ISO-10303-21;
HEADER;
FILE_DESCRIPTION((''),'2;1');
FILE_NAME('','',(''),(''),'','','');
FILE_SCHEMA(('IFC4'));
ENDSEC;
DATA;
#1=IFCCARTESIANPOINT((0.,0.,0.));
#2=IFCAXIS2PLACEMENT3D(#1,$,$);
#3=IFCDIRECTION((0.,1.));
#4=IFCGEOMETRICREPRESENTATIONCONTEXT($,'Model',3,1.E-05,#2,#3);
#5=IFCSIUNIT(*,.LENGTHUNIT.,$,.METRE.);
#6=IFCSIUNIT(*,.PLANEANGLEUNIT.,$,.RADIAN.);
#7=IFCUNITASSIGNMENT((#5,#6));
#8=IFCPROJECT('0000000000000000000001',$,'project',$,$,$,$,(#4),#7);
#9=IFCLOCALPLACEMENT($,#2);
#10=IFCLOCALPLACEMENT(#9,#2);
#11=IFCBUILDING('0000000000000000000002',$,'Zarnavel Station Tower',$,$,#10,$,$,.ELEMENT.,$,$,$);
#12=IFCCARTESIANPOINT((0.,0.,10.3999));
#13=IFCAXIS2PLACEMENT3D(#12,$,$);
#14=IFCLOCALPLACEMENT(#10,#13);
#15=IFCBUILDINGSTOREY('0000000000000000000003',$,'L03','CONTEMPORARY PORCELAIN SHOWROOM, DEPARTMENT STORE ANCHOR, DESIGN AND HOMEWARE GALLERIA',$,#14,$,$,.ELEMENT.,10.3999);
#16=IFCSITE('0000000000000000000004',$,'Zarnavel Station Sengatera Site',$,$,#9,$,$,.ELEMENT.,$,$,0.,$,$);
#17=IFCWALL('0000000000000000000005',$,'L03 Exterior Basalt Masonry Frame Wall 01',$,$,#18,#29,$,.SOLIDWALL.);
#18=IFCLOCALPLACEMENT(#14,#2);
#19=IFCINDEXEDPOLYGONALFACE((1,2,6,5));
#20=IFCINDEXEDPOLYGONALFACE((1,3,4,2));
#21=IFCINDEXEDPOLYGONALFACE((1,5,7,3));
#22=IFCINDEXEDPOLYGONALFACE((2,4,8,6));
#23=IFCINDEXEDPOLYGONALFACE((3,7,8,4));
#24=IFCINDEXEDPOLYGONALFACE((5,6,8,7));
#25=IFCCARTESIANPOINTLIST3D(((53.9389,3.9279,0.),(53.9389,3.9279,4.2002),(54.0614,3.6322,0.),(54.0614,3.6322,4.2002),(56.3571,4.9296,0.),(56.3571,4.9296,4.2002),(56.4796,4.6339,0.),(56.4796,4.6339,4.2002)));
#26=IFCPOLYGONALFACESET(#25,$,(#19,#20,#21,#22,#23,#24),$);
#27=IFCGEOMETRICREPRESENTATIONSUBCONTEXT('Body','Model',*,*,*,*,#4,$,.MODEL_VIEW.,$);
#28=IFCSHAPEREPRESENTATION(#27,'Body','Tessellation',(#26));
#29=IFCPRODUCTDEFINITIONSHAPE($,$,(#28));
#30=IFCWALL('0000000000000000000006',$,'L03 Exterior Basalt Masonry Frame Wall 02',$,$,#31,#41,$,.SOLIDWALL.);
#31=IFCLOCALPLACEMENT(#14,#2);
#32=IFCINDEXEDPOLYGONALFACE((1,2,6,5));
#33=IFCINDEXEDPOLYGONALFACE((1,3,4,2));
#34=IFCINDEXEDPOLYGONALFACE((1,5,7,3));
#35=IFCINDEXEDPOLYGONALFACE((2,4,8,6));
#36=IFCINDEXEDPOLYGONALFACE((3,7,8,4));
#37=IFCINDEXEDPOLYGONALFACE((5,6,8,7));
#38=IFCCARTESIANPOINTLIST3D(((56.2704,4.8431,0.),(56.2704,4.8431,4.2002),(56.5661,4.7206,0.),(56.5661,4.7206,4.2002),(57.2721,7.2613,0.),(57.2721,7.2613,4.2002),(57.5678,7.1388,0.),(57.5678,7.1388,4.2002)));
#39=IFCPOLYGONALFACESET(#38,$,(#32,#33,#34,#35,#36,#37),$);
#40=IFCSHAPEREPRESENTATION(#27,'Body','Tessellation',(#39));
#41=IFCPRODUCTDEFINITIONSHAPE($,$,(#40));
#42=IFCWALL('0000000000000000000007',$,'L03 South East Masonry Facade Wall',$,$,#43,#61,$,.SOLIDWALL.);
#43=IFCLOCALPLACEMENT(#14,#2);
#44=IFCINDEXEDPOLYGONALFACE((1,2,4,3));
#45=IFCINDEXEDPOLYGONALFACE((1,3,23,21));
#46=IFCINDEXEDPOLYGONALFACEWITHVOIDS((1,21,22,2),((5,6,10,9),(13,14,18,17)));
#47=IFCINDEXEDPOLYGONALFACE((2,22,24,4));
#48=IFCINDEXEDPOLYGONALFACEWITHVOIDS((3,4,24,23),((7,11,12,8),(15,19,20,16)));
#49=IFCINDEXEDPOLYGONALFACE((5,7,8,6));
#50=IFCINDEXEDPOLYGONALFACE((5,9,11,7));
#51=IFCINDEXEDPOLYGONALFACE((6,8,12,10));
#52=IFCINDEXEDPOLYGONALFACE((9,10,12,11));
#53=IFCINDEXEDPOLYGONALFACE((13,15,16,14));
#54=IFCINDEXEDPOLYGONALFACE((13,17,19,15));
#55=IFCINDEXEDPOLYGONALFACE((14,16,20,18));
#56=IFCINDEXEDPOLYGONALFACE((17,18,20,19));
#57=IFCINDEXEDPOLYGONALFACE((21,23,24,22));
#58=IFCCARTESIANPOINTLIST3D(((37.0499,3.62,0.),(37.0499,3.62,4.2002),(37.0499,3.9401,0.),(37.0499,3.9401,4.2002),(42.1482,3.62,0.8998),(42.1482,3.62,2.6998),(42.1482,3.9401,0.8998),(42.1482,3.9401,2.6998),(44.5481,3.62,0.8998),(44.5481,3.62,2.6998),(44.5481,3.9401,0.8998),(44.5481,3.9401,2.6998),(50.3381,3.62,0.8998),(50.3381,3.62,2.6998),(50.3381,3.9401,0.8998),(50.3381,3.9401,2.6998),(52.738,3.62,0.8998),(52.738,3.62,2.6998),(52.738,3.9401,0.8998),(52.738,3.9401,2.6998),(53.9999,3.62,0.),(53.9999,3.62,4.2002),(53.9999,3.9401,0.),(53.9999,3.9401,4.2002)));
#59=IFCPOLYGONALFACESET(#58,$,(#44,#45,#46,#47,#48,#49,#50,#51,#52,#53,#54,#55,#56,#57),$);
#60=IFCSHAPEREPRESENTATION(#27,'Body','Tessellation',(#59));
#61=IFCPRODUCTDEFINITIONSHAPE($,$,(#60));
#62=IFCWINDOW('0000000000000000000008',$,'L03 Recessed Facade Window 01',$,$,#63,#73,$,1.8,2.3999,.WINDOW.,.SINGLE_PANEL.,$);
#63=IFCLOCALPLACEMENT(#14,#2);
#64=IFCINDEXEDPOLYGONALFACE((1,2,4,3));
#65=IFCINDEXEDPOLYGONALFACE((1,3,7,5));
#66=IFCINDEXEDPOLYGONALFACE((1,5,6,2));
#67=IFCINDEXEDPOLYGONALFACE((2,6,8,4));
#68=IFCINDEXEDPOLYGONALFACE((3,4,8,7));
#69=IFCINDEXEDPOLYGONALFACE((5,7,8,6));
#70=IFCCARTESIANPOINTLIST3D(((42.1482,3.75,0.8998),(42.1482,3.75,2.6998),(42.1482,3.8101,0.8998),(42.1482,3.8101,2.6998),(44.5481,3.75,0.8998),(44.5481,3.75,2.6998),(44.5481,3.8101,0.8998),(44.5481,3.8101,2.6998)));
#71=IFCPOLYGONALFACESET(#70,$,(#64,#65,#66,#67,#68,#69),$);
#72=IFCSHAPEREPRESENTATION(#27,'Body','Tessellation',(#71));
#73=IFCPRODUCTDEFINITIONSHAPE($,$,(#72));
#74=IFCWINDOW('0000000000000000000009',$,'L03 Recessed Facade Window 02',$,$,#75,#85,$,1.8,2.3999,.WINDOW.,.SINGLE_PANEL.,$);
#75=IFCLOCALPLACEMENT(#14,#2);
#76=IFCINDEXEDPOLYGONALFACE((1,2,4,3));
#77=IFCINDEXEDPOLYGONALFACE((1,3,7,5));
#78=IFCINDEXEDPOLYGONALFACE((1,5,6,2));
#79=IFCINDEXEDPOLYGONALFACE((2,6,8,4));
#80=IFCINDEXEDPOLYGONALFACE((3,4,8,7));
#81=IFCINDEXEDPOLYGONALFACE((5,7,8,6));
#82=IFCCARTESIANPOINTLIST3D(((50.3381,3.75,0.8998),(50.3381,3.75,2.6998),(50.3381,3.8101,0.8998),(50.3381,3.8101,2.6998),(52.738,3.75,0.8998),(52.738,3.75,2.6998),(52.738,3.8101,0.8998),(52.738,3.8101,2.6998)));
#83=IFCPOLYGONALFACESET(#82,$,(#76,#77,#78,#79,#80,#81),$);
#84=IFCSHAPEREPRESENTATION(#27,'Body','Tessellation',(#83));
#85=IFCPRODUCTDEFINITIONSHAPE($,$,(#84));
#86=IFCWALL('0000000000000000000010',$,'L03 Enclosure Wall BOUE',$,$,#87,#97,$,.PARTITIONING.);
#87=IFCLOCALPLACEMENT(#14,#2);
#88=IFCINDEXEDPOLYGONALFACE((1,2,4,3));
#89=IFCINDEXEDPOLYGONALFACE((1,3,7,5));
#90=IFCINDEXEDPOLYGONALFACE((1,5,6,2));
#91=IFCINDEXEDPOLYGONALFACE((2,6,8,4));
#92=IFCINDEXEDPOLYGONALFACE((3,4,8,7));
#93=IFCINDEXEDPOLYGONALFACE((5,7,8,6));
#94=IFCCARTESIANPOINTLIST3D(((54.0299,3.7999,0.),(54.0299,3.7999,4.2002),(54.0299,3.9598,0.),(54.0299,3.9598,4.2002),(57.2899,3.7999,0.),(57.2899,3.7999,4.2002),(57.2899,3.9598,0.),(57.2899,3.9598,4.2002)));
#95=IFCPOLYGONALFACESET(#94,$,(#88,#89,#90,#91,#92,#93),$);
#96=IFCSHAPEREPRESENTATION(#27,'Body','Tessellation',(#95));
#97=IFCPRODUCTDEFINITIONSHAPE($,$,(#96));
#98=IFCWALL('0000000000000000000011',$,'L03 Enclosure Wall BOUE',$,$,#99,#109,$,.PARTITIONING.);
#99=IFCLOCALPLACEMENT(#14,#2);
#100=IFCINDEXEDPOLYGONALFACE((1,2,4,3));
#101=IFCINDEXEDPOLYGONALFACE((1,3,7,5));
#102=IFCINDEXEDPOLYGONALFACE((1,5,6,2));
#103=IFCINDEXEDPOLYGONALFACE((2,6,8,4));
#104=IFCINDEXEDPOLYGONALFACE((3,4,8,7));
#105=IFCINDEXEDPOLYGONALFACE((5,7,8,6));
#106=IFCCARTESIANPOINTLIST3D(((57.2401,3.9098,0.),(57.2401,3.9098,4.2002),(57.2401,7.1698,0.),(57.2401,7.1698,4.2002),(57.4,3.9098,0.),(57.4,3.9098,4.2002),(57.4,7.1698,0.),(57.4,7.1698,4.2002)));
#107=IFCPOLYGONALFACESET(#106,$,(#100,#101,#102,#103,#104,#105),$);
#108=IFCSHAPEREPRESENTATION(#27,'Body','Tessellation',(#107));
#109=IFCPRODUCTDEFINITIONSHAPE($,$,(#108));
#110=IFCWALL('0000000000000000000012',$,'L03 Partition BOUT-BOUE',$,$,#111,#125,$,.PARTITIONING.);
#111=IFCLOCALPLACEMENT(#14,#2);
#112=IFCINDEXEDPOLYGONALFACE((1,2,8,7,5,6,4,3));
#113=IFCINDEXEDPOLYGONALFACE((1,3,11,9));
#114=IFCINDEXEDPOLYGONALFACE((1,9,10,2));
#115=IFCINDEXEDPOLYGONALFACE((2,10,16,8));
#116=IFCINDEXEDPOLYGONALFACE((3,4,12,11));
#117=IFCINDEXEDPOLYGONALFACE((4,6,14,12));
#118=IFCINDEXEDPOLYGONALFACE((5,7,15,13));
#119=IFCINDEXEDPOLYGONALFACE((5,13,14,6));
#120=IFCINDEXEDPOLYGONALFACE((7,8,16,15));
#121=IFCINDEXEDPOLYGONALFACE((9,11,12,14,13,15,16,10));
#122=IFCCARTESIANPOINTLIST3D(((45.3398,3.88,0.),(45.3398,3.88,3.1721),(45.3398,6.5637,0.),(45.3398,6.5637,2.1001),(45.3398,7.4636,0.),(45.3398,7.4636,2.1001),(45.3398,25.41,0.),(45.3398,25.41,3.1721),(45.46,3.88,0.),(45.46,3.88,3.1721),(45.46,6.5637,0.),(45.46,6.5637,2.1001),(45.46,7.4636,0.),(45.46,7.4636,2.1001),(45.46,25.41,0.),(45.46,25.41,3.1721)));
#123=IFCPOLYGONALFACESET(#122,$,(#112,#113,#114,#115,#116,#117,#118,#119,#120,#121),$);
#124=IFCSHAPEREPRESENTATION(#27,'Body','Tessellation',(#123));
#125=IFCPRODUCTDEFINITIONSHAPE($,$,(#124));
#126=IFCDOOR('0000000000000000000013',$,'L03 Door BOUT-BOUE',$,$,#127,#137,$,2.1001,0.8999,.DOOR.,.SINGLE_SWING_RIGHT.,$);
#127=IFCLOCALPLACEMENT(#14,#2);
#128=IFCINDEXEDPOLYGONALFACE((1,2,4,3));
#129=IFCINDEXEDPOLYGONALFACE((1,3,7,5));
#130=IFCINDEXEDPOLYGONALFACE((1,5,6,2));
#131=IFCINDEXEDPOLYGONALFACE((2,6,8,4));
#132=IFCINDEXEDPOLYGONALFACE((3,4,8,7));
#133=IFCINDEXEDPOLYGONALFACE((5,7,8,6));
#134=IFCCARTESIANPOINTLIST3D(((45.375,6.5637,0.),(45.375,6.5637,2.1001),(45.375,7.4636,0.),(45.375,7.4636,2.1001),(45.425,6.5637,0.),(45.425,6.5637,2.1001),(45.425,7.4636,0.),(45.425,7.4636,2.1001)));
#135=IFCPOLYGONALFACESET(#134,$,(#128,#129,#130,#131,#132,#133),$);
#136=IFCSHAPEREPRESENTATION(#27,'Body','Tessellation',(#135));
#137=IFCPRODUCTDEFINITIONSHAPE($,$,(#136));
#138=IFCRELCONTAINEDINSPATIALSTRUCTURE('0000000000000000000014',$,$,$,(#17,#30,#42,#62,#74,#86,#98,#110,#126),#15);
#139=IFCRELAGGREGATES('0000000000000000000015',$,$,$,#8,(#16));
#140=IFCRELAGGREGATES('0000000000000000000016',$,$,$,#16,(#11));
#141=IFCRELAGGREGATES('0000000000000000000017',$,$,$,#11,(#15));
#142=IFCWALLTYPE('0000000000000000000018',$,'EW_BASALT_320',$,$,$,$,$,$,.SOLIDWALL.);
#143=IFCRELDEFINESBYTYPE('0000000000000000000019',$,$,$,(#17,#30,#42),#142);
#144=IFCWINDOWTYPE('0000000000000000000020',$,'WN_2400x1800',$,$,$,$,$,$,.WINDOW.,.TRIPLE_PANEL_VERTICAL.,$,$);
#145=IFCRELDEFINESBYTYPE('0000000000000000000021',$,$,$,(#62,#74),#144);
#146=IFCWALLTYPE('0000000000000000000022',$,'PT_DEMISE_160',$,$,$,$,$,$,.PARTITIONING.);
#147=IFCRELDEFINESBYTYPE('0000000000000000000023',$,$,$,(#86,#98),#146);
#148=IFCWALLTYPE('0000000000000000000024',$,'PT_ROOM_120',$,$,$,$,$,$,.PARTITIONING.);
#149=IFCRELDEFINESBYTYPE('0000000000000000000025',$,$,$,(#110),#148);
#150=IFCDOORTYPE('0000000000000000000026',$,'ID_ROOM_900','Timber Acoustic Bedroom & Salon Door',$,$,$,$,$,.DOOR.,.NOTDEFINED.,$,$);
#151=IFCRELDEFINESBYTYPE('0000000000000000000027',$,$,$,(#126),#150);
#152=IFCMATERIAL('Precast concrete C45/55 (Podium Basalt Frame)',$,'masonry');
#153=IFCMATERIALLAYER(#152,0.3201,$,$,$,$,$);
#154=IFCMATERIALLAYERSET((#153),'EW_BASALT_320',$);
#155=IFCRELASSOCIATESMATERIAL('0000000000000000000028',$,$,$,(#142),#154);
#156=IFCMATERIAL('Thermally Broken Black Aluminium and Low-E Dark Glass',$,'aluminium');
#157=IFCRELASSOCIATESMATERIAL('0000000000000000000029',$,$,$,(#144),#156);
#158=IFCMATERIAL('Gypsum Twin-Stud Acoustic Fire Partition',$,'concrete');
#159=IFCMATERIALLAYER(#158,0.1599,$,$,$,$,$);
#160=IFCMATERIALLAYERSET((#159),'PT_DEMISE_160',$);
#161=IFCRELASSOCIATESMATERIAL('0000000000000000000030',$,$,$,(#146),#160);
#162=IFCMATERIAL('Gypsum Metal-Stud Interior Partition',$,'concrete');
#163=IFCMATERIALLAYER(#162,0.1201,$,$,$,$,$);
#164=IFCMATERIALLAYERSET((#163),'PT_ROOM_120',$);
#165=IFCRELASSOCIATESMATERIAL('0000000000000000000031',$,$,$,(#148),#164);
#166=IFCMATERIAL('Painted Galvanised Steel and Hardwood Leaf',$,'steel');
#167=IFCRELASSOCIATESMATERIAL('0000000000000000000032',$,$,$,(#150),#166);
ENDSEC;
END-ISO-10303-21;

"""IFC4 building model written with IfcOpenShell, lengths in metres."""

from ifc_helpers import new_model, si_unit, direction, frame, frame_2d, origin, place, context, subcontext, project, spatial, rectangle, extrude, material, layer, layer_set, type_object, element, fill, save


model = new_model("IFC4")

# Units and contexts
model_context = context("Model", 3, precision=1e-05, world=origin(), true_north=direction((0.0, 1.0)))
body_context = subcontext(model_context, "Body", "Model", "MODEL_VIEW")
ifc_project = project(units=[si_unit("LENGTHUNIT", "METRE"), si_unit("PLANEANGLEUNIT", "RADIAN")], contexts=[model_context])

# Site, building, storey
site_placement = place(None, origin())
site = spatial("IfcSite", under=ifc_project, at=site_placement, Name="Zarnavel Station Sengatera Site", CompositionType="ELEMENT", RefElevation=0.0)
building_placement = place(site_placement, origin())
building = spatial("IfcBuilding", under=site, at=building_placement, Name="Zarnavel Station Tower", CompositionType="ELEMENT")
storey_placement = place(building_placement, frame((0.0, 0.0, 10.3999)))
storey = spatial("IfcBuildingStorey", under=building, at=storey_placement, Name="L03", Description="CONTEMPORARY PORCELAIN SHOWROOM, DEPARTMENT STORE ANCHOR, DESIGN AND HOMEWARE GALLERIA", CompositionType="ELEMENT", Elevation=10.3999)

# Walls
ifc_material_1 = material(Name="Precast concrete C45/55 (Podium Basalt Frame)", Category="masonry")
ifc_layer_1 = layer(ifc_material_1, 0.3201)
ifc_layer_set_1 = layer_set([ifc_layer_1], Name="EW_BASALT_320")
wall_type_1 = type_object("IfcWallType", Name="EW_BASALT_320", PredefinedType="SOLIDWALL", material=ifc_layer_set_1)
for number, where, z_axis, x_axis, name in (
    (1, (56.4182, 4.7817, 0.0), (0.0, 0.0, 1.0), (-0.923872, -0.382701, 0.0), "L03 Exterior Basalt Masonry Frame Wall 01"),
    (2, (57.4199, 7.2, 0.0), (0.0, 0.0, 1.0), (-0.382701, -0.923872, 0.0), "L03 Exterior Basalt Masonry Frame Wall 02"),
):
    element("IfcWall", number, at=place(storey_placement, frame(where, z_axis=z_axis, x_axis=x_axis)), inside=storey, type_object=wall_type_1, Name=name, PredefinedType="SOLIDWALL", context=body_context, shape_type="SweptSolid", body=[
        extrude(rectangle(XDim=2.6174, YDim=0.3201, at=frame_2d((1.3086, 0.0))), origin(), (0.0, 0.0, 1.0), 4.2002),
    ])

# Wall, openings, windows
wall_1_placement = place(storey_placement, frame((54.0, 3.78, 0.0), z_axis=(0.0, 0.0, 1.0), x_axis=(-1.0, 0.0, 0.0)))
wall_1 = element("IfcWall", 3, at=wall_1_placement, inside=storey, type_object=wall_type_1, Name="L03 South East Masonry Facade Wall", PredefinedType="SOLIDWALL", context=body_context, shape_type="SweptSolid", body=[
    extrude(rectangle(XDim=16.95, YDim=0.3201, at=frame_2d((8.4751, 0.0))), origin(), (0.0, 0.0, 1.0), 4.2002),
])
opening_1_placement = place(wall_1_placement, frame((9.4519, 0.0, 0.8999)))
opening_1 = element("IfcOpeningElement", 4, at=opening_1_placement, cuts=wall_1, PredefinedType="OPENING", context=body_context, shape_type="SweptSolid", body=[
    extrude(rectangle(XDim=2.3999, YDim=1.8, at=frame_2d((1.2, 0.8999))), frame((0.0, 0.1699, 0.0), z_axis=(0.0, -1.0, 0.0), x_axis=(1.0, 0.0, 0.0)), (0.0, 0.0, 1.0), 0.3401),
])
opening_2_placement = place(wall_1_placement, frame((1.262, 0.0, 0.8999)))
opening_2 = element("IfcOpeningElement", 5, at=opening_2_placement, cuts=wall_1, PredefinedType="OPENING", context=body_context, shape_type="SweptSolid", body=[
    extrude(rectangle(XDim=2.3999, YDim=1.8, at=frame_2d((1.2, 0.8999))), frame((0.0, 0.1699, 0.0), z_axis=(0.0, -1.0, 0.0), x_axis=(1.0, 0.0, 0.0)), (0.0, 0.0, 1.0), 0.3401),
])
ifc_material_2 = material(Name="Thermally Broken Black Aluminium and Low-E Dark Glass", Category="aluminium")
window_type = type_object("IfcWindowType", Name="WN_2400x1800", PartitioningType="TRIPLE_PANEL_VERTICAL", PredefinedType="WINDOW", material=ifc_material_2)
window_1_placement = place(opening_1_placement, origin())
window_1 = element("IfcWindow", 6, at=window_1_placement, inside=storey, type_object=window_type, Name="L03 Recessed Facade Window 01", OverallHeight=1.8, OverallWidth=2.3999, PartitioningType="SINGLE_PANEL", PredefinedType="WINDOW", context=body_context, shape_type="SweptSolid", body=[
    extrude(rectangle(XDim=2.3999, YDim=1.8, at=frame_2d((1.2, 0.8999))), frame((0.0, 0.03, 0.0), z_axis=(0.0, -1.0, 0.0), x_axis=(1.0, 0.0, 0.0)), (0.0, 0.0, 1.0), 0.0601),
])
fill(opening_1, window_1)
window_2_placement = place(opening_2_placement, origin())
window_2 = element("IfcWindow", 7, at=window_2_placement, inside=storey, type_object=window_type, Name="L03 Recessed Facade Window 02", OverallHeight=1.8, OverallWidth=2.3999, PartitioningType="SINGLE_PANEL", PredefinedType="WINDOW", context=body_context, shape_type="SweptSolid", body=[
    extrude(rectangle(XDim=2.3999, YDim=1.8, at=frame_2d((1.2, 0.8999))), frame((0.0, 0.03, 0.0), z_axis=(0.0, -1.0, 0.0), x_axis=(1.0, 0.0, 0.0)), (0.0, 0.0, 1.0), 0.0601),
])
fill(opening_2, window_2)

# Walls
ifc_material_3 = material(Name="Gypsum Twin-Stud Acoustic Fire Partition", Category="concrete")
ifc_layer_2 = layer(ifc_material_3, 0.1599)
ifc_layer_set_2 = layer_set([ifc_layer_2], Name="PT_DEMISE_160")
wall_type_2 = type_object("IfcWallType", Name="PT_DEMISE_160", PredefinedType="PARTITIONING", material=ifc_layer_set_2)
for number, where, z_axis, x_axis, name in (
    (8, (54.03, 3.8799, 0.0), (0.0, 0.0, 1.0), (1.0, 0.0, 0.0), "L03 Enclosure Wall BOUE"),
    (9, (57.3201, 3.9099, 0.0), (0.0, 0.0, 1.0), (0.0, 1.0, 0.0), "L03 Enclosure Wall BOUE"),
):
    element("IfcWall", number, at=place(storey_placement, frame(where, z_axis=z_axis, x_axis=x_axis)), inside=storey, type_object=wall_type_2, Name=name, PredefinedType="PARTITIONING", context=body_context, shape_type="SweptSolid", body=[
        extrude(rectangle(XDim=3.26, YDim=0.1599, at=frame_2d((1.6299, 0.0))), origin(), (0.0, 0.0, 1.0), 4.2002),
    ])

# Wall, opening, door
ifc_material_4 = material(Name="Gypsum Metal-Stud Interior Partition", Category="concrete")
ifc_layer_3 = layer(ifc_material_4, 0.1201)
ifc_layer_set_3 = layer_set([ifc_layer_3], Name="PT_ROOM_120")
wall_type_3 = type_object("IfcWallType", Name="PT_ROOM_120", PredefinedType="PARTITIONING", material=ifc_layer_set_3)
wall_2_placement = place(storey_placement, frame((45.3999, 3.8799, 0.0), z_axis=(0.0, 0.0, 1.0), x_axis=(0.0, 1.0, 0.0)))
wall_2 = element("IfcWall", 10, at=wall_2_placement, inside=storey, type_object=wall_type_3, Name="L03 Partition BOUT-BOUE", PredefinedType="PARTITIONING", context=body_context, shape_type="SweptSolid", body=[
    extrude(rectangle(XDim=21.53, YDim=0.1201, at=frame_2d((10.7651, 0.0))), origin(), (0.0, 0.0, 1.0), 3.1721),
])
opening_3_placement = place(wall_2_placement, frame((2.6838, 0.0, 0.0)))
opening_3 = element("IfcOpeningElement", 11, at=opening_3_placement, cuts=wall_2, PredefinedType="OPENING", context=body_context, shape_type="SweptSolid", body=[
    extrude(rectangle(XDim=0.8999, YDim=2.1001, at=frame_2d((0.45, 1.05))), frame((0.0, 0.0701, 0.0), z_axis=(0.0, -1.0, 0.0), x_axis=(1.0, 0.0, 0.0)), (0.0, 0.0, 1.0), 0.1401),
])
ifc_material_5 = material(Name="Painted Galvanised Steel and Hardwood Leaf", Category="steel")
door_type = type_object("IfcDoorType", Name="ID_ROOM_900", Description="Timber Acoustic Bedroom & Salon Door", OperationType="NOTDEFINED", PredefinedType="DOOR", material=ifc_material_5)
door_placement = place(opening_3_placement, origin())
door = element("IfcDoor", 12, at=door_placement, inside=storey, type_object=door_type, Name="L03 Door BOUT-BOUE", OperationType="SINGLE_SWING_RIGHT", OverallHeight=2.1001, OverallWidth=0.8999, PredefinedType="DOOR", context=body_context, shape_type="SweptSolid", body=[
    extrude(rectangle(XDim=0.8999, YDim=2.1001, at=frame_2d((0.45, 1.05))), frame((0.0, 0.0249, 0.0), z_axis=(0.0, -1.0, 0.0), x_axis=(1.0, 0.0, 0.0)), (0.0, 0.0, 1.0), 0.05),
])
fill(opening_3, door)

save(model, "model.ifc")
